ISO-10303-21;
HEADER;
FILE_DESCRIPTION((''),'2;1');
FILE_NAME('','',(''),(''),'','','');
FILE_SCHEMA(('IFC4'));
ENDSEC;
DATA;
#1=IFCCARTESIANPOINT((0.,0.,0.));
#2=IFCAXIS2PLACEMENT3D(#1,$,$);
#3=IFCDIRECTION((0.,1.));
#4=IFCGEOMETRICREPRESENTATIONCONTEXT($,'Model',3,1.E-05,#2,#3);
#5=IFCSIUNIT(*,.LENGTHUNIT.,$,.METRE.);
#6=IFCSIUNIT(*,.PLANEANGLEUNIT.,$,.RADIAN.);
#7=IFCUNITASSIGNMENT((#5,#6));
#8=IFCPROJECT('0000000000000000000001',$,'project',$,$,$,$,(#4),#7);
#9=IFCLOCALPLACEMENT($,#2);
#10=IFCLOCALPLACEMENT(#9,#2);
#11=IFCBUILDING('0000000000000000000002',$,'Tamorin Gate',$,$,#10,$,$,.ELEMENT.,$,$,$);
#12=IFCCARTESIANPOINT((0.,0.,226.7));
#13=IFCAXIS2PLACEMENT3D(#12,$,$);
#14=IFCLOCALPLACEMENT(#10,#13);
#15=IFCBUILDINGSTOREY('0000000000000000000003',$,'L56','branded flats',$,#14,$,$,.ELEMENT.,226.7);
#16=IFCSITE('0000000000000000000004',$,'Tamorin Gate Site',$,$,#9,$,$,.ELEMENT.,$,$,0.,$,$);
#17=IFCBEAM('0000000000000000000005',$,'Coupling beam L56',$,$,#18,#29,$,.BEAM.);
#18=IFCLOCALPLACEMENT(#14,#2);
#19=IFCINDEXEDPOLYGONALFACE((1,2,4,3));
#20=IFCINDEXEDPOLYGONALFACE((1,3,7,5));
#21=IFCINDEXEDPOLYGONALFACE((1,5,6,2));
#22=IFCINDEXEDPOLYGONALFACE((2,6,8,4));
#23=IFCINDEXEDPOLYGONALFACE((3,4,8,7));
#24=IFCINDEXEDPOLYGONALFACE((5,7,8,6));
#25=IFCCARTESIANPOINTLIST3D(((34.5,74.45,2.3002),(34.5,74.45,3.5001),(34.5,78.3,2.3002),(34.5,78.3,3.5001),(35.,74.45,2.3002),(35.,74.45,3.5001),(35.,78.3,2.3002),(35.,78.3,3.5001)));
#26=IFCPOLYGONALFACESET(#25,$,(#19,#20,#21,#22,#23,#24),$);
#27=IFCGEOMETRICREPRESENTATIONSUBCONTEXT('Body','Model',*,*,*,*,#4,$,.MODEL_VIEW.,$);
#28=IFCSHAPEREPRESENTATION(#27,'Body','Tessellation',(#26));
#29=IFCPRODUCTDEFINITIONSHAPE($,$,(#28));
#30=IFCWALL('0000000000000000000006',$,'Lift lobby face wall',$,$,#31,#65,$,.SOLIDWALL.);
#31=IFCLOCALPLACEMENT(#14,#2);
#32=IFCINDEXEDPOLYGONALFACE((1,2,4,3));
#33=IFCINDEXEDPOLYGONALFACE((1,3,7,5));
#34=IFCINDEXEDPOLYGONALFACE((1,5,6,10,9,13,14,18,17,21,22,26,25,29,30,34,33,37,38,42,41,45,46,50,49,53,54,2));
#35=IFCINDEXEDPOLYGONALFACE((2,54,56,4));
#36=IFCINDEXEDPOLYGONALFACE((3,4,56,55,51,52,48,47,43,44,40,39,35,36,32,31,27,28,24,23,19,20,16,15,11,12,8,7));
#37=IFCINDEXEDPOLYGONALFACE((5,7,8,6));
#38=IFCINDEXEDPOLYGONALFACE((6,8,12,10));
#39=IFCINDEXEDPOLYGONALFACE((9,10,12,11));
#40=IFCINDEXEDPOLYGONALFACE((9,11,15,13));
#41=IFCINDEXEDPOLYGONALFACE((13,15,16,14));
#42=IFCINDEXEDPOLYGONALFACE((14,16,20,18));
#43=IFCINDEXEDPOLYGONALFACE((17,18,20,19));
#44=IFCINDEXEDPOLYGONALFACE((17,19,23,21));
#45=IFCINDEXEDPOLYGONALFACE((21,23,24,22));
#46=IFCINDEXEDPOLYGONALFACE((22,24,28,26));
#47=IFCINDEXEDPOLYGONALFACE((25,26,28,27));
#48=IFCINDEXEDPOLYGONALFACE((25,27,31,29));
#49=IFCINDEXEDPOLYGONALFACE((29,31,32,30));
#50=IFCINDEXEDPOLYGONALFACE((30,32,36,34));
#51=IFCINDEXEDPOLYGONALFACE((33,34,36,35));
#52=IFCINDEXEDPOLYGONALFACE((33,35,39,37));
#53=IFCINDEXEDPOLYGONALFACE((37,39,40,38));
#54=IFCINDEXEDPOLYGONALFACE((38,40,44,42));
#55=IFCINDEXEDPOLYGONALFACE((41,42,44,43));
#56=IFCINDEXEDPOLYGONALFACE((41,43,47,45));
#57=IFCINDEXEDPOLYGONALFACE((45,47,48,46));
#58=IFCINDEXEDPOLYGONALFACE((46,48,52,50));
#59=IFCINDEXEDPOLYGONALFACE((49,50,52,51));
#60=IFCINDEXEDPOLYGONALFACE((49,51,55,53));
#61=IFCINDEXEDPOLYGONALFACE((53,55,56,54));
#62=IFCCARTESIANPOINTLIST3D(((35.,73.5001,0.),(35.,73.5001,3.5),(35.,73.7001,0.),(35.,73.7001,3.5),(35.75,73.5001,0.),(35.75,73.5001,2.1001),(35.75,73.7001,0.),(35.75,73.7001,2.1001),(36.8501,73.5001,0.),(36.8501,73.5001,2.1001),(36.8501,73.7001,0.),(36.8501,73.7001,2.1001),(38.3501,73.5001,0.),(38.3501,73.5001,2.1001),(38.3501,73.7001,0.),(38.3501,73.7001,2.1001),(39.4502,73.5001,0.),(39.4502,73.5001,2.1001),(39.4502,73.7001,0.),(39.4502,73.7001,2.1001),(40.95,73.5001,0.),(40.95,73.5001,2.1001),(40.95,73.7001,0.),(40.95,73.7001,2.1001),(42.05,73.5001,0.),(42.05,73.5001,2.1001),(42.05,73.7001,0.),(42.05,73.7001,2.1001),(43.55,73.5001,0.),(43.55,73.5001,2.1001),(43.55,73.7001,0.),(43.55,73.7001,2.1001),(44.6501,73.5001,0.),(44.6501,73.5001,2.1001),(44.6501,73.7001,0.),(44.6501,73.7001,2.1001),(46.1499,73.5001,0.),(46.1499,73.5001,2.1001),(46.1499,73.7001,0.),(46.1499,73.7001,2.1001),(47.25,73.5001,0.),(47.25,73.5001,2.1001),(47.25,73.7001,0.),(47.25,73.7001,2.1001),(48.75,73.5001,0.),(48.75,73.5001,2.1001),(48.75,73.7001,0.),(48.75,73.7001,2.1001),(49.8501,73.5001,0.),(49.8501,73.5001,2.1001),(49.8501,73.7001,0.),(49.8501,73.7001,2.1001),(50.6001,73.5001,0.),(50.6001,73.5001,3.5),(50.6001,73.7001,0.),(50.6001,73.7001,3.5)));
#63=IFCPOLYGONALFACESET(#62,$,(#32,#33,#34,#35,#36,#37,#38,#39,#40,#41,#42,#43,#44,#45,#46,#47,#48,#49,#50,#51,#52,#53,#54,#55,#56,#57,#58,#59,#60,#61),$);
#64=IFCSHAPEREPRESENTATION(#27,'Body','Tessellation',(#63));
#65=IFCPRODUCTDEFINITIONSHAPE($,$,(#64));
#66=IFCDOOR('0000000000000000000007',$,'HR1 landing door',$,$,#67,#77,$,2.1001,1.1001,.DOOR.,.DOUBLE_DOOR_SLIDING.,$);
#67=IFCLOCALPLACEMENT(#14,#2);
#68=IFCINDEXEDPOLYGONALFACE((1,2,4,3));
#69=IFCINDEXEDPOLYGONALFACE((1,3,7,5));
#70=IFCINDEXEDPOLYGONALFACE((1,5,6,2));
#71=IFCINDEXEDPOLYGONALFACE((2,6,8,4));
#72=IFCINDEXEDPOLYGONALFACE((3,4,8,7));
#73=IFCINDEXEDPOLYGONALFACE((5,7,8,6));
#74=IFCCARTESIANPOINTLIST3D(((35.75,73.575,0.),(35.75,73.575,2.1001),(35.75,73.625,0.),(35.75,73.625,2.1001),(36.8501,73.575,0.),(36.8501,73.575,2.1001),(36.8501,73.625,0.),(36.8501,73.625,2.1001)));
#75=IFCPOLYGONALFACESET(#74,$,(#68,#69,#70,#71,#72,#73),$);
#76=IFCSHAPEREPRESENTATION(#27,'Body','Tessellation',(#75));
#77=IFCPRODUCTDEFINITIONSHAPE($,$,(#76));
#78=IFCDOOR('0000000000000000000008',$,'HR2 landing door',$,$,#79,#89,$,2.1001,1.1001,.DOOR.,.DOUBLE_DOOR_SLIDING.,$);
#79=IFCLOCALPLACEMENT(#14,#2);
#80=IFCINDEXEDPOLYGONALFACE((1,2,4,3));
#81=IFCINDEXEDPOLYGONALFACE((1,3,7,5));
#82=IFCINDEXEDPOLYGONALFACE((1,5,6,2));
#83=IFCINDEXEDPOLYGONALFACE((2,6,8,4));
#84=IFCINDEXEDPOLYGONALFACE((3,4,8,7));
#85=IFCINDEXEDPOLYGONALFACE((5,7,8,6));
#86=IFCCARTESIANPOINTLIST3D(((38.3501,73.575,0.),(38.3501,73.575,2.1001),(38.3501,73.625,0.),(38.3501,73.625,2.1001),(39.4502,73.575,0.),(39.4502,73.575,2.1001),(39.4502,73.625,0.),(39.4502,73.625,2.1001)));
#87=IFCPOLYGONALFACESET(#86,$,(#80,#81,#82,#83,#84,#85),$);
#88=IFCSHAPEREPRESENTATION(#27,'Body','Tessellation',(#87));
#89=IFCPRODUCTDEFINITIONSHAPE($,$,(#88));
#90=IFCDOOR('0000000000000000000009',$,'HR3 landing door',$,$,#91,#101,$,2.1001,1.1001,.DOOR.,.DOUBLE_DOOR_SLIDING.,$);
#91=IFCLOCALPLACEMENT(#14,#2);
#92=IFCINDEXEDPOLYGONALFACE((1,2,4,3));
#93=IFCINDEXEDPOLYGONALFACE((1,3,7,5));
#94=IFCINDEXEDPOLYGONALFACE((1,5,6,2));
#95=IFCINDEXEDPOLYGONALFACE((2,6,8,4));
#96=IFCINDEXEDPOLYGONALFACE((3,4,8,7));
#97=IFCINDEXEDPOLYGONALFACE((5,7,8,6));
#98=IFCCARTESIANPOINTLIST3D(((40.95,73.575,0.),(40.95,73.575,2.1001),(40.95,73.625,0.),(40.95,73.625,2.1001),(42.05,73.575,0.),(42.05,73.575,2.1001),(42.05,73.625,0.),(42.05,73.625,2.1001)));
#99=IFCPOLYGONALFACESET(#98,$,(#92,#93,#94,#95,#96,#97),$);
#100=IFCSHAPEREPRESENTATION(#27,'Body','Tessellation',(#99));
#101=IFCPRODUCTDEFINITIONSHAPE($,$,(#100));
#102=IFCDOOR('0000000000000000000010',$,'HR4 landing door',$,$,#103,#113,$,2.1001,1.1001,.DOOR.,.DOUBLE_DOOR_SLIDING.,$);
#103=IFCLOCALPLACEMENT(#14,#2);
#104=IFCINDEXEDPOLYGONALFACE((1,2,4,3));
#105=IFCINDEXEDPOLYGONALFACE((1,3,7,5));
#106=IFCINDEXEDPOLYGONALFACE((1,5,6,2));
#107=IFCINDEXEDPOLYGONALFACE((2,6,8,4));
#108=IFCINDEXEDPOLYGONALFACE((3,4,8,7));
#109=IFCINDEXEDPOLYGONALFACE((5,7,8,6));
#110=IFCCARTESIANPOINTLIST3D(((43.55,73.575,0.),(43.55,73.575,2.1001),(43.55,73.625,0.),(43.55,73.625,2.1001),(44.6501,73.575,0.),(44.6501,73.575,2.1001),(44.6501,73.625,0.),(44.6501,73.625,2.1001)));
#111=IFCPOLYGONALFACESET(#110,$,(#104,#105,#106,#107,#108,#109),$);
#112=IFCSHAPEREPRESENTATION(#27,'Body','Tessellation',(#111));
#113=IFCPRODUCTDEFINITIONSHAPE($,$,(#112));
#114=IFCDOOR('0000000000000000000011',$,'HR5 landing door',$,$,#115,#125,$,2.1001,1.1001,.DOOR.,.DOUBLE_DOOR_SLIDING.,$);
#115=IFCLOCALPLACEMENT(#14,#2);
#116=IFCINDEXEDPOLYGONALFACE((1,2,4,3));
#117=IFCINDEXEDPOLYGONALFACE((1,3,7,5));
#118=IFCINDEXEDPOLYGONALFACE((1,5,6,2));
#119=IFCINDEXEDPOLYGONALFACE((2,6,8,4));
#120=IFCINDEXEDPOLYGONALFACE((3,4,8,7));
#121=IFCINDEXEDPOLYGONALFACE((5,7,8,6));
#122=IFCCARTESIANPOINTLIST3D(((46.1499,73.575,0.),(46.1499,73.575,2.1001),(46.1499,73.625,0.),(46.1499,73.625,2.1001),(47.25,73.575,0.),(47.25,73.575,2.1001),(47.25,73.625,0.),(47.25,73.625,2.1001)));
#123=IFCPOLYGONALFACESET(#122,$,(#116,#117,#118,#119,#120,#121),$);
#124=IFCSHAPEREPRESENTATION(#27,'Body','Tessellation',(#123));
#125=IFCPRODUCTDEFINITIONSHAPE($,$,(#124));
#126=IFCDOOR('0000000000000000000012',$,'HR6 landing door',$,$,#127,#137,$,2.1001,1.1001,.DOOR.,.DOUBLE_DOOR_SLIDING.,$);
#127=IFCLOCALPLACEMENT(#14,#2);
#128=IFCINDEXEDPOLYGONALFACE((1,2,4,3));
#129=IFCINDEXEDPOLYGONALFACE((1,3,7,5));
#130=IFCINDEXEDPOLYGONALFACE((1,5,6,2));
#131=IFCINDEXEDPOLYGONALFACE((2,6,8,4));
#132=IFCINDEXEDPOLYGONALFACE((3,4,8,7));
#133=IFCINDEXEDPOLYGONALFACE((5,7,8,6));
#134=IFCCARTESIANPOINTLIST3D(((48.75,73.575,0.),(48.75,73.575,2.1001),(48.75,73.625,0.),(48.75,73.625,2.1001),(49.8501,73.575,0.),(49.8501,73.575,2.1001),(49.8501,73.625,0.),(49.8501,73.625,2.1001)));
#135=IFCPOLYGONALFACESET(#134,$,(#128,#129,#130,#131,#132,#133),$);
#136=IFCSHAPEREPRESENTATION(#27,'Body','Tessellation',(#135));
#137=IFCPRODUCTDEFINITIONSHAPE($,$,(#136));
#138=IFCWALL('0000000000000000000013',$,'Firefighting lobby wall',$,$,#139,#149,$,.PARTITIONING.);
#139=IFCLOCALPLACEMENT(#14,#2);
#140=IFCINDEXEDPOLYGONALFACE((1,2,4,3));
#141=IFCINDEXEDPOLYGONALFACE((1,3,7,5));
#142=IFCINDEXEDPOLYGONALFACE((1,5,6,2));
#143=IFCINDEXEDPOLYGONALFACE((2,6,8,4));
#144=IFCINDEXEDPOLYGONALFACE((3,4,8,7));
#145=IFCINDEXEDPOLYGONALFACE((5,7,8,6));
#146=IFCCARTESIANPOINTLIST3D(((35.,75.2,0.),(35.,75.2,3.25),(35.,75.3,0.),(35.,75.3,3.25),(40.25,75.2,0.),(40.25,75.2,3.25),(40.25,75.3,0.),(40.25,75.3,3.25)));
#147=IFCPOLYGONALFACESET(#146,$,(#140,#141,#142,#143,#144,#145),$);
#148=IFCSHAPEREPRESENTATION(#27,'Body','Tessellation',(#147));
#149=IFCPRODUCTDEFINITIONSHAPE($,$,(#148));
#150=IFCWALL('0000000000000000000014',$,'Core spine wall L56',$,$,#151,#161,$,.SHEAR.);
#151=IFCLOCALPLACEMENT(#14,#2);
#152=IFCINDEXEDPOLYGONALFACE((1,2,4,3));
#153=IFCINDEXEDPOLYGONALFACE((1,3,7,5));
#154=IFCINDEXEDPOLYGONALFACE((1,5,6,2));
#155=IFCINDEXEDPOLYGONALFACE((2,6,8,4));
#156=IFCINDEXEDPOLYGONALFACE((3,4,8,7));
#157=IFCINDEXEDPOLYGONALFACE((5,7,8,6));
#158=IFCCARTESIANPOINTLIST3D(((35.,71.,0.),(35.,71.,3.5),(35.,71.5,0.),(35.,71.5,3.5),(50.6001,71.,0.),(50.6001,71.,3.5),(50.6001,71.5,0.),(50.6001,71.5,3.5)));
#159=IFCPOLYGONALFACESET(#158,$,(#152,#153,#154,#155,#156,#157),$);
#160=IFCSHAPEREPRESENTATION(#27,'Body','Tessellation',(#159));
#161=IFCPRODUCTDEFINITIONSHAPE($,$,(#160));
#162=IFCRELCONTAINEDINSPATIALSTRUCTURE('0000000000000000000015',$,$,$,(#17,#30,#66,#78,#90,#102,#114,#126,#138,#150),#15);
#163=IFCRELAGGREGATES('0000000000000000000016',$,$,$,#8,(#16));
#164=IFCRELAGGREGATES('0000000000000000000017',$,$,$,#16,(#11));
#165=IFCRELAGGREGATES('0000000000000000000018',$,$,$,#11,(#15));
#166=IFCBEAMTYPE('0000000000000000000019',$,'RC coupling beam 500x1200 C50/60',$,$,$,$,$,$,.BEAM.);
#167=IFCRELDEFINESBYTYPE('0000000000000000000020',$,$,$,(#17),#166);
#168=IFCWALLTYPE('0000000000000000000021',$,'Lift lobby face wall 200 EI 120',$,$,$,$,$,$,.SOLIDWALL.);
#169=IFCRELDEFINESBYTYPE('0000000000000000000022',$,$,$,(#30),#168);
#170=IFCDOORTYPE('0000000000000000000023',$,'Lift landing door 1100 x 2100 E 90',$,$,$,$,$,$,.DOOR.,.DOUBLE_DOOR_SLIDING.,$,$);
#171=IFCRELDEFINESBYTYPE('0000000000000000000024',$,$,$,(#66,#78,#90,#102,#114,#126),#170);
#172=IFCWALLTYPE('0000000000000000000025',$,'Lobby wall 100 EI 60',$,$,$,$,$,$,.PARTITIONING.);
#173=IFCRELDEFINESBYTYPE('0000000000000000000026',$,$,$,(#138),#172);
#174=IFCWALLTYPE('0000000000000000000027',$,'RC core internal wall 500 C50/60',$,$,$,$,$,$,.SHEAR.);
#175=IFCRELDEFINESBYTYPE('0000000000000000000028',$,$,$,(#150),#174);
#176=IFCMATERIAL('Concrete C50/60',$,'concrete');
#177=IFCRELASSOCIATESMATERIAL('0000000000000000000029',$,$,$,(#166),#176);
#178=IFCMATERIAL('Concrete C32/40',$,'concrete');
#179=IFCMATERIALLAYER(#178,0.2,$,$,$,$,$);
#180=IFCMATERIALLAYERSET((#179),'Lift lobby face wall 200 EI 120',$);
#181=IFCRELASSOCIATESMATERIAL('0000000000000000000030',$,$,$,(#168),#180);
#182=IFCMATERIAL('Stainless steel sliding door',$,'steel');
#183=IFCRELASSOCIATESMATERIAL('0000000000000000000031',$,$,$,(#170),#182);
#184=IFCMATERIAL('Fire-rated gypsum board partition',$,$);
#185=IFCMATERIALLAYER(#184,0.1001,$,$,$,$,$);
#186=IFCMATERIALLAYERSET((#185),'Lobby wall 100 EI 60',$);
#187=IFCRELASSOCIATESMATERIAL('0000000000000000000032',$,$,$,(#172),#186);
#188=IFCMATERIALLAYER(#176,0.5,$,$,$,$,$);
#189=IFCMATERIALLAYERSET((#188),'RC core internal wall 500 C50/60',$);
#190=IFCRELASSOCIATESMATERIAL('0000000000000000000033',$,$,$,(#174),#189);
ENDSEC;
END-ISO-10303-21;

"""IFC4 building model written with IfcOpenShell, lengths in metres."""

from ifc_helpers import new_model, si_unit, direction, frame, frame_2d, origin, origin_2d, place, context, subcontext, project, spatial, rectangle, extrude, material, layer, layer_set, material_profile, profile_set, type_object, element, fill, save


model = new_model("IFC4")

# Units and contexts
model_context = context("Model", 3, precision=1e-05, world=origin(), true_north=direction((0.0, 1.0)))
body_context = subcontext(model_context, "Body", "Model", "MODEL_VIEW")
ifc_project = project(units=[si_unit("LENGTHUNIT", "METRE"), si_unit("PLANEANGLEUNIT", "RADIAN")], contexts=[model_context])

# Site, building, storey
site_placement = place(None, origin())
site = spatial("IfcSite", under=ifc_project, at=site_placement, Name="Tamorin Gate Site", CompositionType="ELEMENT", RefElevation=0.0)
building_placement = place(site_placement, origin())
building = spatial("IfcBuilding", under=site, at=building_placement, Name="Tamorin Gate", CompositionType="ELEMENT")
storey_placement = place(building_placement, frame((0.0, 0.0, 226.7)))
storey = spatial("IfcBuildingStorey", under=building, at=storey_placement, Name="L56", Description="branded flats", CompositionType="ELEMENT", Elevation=226.7)

# Beam
ifc_material_1 = material(Name="Concrete C50/60", Category="concrete")
ifc_material_profile = material_profile(ifc_material_1, rectangle(XDim=0.5, YDim=1.2, at=origin_2d()), Name="RC 500x1200")
ifc_profile_set = profile_set([ifc_material_profile], Name="Concrete C50/60")
beam_type = type_object("IfcBeamType", Name="RC coupling beam 500x1200 C50/60", PredefinedType="BEAM", material=ifc_profile_set)
beam_placement = place(storey_placement, frame((34.75, 74.45, 2.9001), z_axis=(0.0, 1.0, 0.0), x_axis=(-1.0, 0.0, 0.0)))
element("IfcBeam", 1, at=beam_placement, inside=storey, type_object=beam_type, Name="Coupling beam L56", PredefinedType="BEAM", context=body_context, shape_type="SweptSolid", body=[
    extrude(rectangle(XDim=0.5, YDim=1.2, at=origin_2d()), origin(), (0.0, 0.0, 1.0), 3.8501),
])

# Wall, openings, doors
ifc_material_2 = material(Name="Concrete C32/40", Category="concrete")
ifc_layer_1 = layer(ifc_material_2, 0.2)
ifc_layer_set_1 = layer_set([ifc_layer_1], Name="Lift lobby face wall 200 EI 120")
wall_type_1 = type_object("IfcWallType", Name="Lift lobby face wall 200 EI 120", PredefinedType="SOLIDWALL", material=ifc_layer_set_1)
wall_1_placement = place(storey_placement, frame((35.0, 73.6001, 0.0), z_axis=(0.0, 0.0, 1.0), x_axis=(1.0, 0.0, 0.0)))
wall_1 = element("IfcWall", 2, at=wall_1_placement, inside=storey, type_object=wall_type_1, Name="Lift lobby face wall", PredefinedType="SOLIDWALL", context=body_context, shape_type="SweptSolid", body=[
    extrude(rectangle(XDim=15.6001, YDim=0.2, at=frame_2d((7.8, 0.0))), origin(), (0.0, 0.0, 1.0), 3.5),
])
opening_1_placement = place(wall_1_placement, frame((0.75, 0.0, 0.0)))
opening_1 = element("IfcOpeningElement", 3, at=opening_1_placement, cuts=wall_1, PredefinedType="OPENING", context=body_context, shape_type="SweptSolid", body=[
    extrude(rectangle(XDim=1.1001, YDim=2.1001, at=frame_2d((0.55, 1.05))), frame((0.0, 0.1099, 0.0), z_axis=(0.0, -1.0, 0.0), x_axis=(1.0, 0.0, 0.0)), (0.0, 0.0, 1.0), 0.22),
])
opening_2_placement = place(wall_1_placement, frame((3.3501, 0.0, 0.0)))
opening_2 = element("IfcOpeningElement", 4, at=opening_2_placement, cuts=wall_1, PredefinedType="OPENING", context=body_context, shape_type="SweptSolid", body=[
    extrude(rectangle(XDim=1.1001, YDim=2.1001, at=frame_2d((0.55, 1.05))), frame((0.0, 0.1099, 0.0), z_axis=(0.0, -1.0, 0.0), x_axis=(1.0, 0.0, 0.0)), (0.0, 0.0, 1.0), 0.22),
])
opening_3_placement = place(wall_1_placement, frame((5.95, 0.0, 0.0)))
opening_3 = element("IfcOpeningElement", 5, at=opening_3_placement, cuts=wall_1, PredefinedType="OPENING", context=body_context, shape_type="SweptSolid", body=[
    extrude(rectangle(XDim=1.1001, YDim=2.1001, at=frame_2d((0.55, 1.05))), frame((0.0, 0.1099, 0.0), z_axis=(0.0, -1.0, 0.0), x_axis=(1.0, 0.0, 0.0)), (0.0, 0.0, 1.0), 0.22),
])
opening_4_placement = place(wall_1_placement, frame((8.55, 0.0, 0.0)))
opening_4 = element("IfcOpeningElement", 6, at=opening_4_placement, cuts=wall_1, PredefinedType="OPENING", context=body_context, shape_type="SweptSolid", body=[
    extrude(rectangle(XDim=1.1001, YDim=2.1001, at=frame_2d((0.55, 1.05))), frame((0.0, 0.1099, 0.0), z_axis=(0.0, -1.0, 0.0), x_axis=(1.0, 0.0, 0.0)), (0.0, 0.0, 1.0), 0.22),
])
opening_5_placement = place(wall_1_placement, frame((11.1499, 0.0, 0.0)))
opening_5 = element("IfcOpeningElement", 7, at=opening_5_placement, cuts=wall_1, PredefinedType="OPENING", context=body_context, shape_type="SweptSolid", body=[
    extrude(rectangle(XDim=1.1001, YDim=2.1001, at=frame_2d((0.55, 1.05))), frame((0.0, 0.1099, 0.0), z_axis=(0.0, -1.0, 0.0), x_axis=(1.0, 0.0, 0.0)), (0.0, 0.0, 1.0), 0.22),
])
opening_6_placement = place(wall_1_placement, frame((13.75, 0.0, 0.0)))
opening_6 = element("IfcOpeningElement", 8, at=opening_6_placement, cuts=wall_1, PredefinedType="OPENING", context=body_context, shape_type="SweptSolid", body=[
    extrude(rectangle(XDim=1.1001, YDim=2.1001, at=frame_2d((0.55, 1.05))), frame((0.0, 0.1099, 0.0), z_axis=(0.0, -1.0, 0.0), x_axis=(1.0, 0.0, 0.0)), (0.0, 0.0, 1.0), 0.22),
])
ifc_material_3 = material(Name="Stainless steel sliding door", Category="steel")
door_type_1 = type_object("IfcDoorType", Name="Lift landing door 1100 x 2100 E 90", OperationType="DOUBLE_DOOR_SLIDING", PredefinedType="DOOR", material=ifc_material_3)
door_1_placement = place(opening_1_placement, origin())
door_1 = element("IfcDoor", 9, at=door_1_placement, inside=storey, type_object=door_type_1, Name="HR1 landing door", OperationType="DOUBLE_DOOR_SLIDING", OverallHeight=2.1001, OverallWidth=1.1001, PredefinedType="DOOR", context=body_context, shape_type="SweptSolid", body=[
    extrude(rectangle(XDim=1.1001, YDim=2.1001, at=frame_2d((0.55, 1.05))), frame((0.0, 0.0249, 0.0), z_axis=(0.0, -1.0, 0.0), x_axis=(1.0, 0.0, 0.0)), (0.0, 0.0, 1.0), 0.05),
])
fill(opening_1, door_1)
door_2_placement = place(opening_2_placement, origin())
door_2 = element("IfcDoor", 10, at=door_2_placement, inside=storey, type_object=door_type_1, Name="HR2 landing door", OperationType="DOUBLE_DOOR_SLIDING", OverallHeight=2.1001, OverallWidth=1.1001, PredefinedType="DOOR", context=body_context, shape_type="SweptSolid", body=[
    extrude(rectangle(XDim=1.1001, YDim=2.1001, at=frame_2d((0.55, 1.05))), frame((0.0, 0.0249, 0.0), z_axis=(0.0, -1.0, 0.0), x_axis=(1.0, 0.0, 0.0)), (0.0, 0.0, 1.0), 0.05),
])
fill(opening_2, door_2)
door_3_placement = place(opening_3_placement, origin())
door_3 = element("IfcDoor", 11, at=door_3_placement, inside=storey, type_object=door_type_1, Name="HR3 landing door", OperationType="DOUBLE_DOOR_SLIDING", OverallHeight=2.1001, OverallWidth=1.1001, PredefinedType="DOOR", context=body_context, shape_type="SweptSolid", body=[
    extrude(rectangle(XDim=1.1001, YDim=2.1001, at=frame_2d((0.55, 1.05))), frame((0.0, 0.0249, 0.0), z_axis=(0.0, -1.0, 0.0), x_axis=(1.0, 0.0, 0.0)), (0.0, 0.0, 1.0), 0.05),
])
fill(opening_3, door_3)
door_4_placement = place(opening_4_placement, origin())
door_4 = element("IfcDoor", 12, at=door_4_placement, inside=storey, type_object=door_type_1, Name="HR4 landing door", OperationType="DOUBLE_DOOR_SLIDING", OverallHeight=2.1001, OverallWidth=1.1001, PredefinedType="DOOR", context=body_context, shape_type="SweptSolid", body=[
    extrude(rectangle(XDim=1.1001, YDim=2.1001, at=frame_2d((0.55, 1.05))), frame((0.0, 0.0249, 0.0), z_axis=(0.0, -1.0, 0.0), x_axis=(1.0, 0.0, 0.0)), (0.0, 0.0, 1.0), 0.05),
])
fill(opening_4, door_4)
door_5_placement = place(opening_5_placement, origin())
door_5 = element("IfcDoor", 13, at=door_5_placement, inside=storey, type_object=door_type_1, Name="HR5 landing door", OperationType="DOUBLE_DOOR_SLIDING", OverallHeight=2.1001, OverallWidth=1.1001, PredefinedType="DOOR", context=body_context, shape_type="SweptSolid", body=[
    extrude(rectangle(XDim=1.1001, YDim=2.1001, at=frame_2d((0.55, 1.05))), frame((0.0, 0.0249, 0.0), z_axis=(0.0, -1.0, 0.0), x_axis=(1.0, 0.0, 0.0)), (0.0, 0.0, 1.0), 0.05),
])
fill(opening_5, door_5)
door_6_placement = place(opening_6_placement, origin())
door_6 = element("IfcDoor", 14, at=door_6_placement, inside=storey, type_object=door_type_1, Name="HR6 landing door", OperationType="DOUBLE_DOOR_SLIDING", OverallHeight=2.1001, OverallWidth=1.1001, PredefinedType="DOOR", context=body_context, shape_type="SweptSolid", body=[
    extrude(rectangle(XDim=1.1001, YDim=2.1001, at=frame_2d((0.55, 1.05))), frame((0.0, 0.0249, 0.0), z_axis=(0.0, -1.0, 0.0), x_axis=(1.0, 0.0, 0.0)), (0.0, 0.0, 1.0), 0.05),
])
fill(opening_6, door_6)

# Walls
ifc_material_4 = material(Name="Fire-rated gypsum board partition")
ifc_layer_2 = layer(ifc_material_4, 0.1001)
ifc_layer_set_2 = layer_set([ifc_layer_2], Name="Lobby wall 100 EI 60")
wall_type_2 = type_object("IfcWallType", Name="Lobby wall 100 EI 60", PredefinedType="PARTITIONING", material=ifc_layer_set_2)
wall_2_placement = place(storey_placement, frame((35.0, 75.25, 0.0), z_axis=(0.0, 0.0, 1.0), x_axis=(1.0, 0.0, 0.0)))
element("IfcWall", 15, at=wall_2_placement, inside=storey, type_object=wall_type_2, Name="Firefighting lobby wall", PredefinedType="PARTITIONING", context=body_context, shape_type="SweptSolid", body=[
    extrude(rectangle(XDim=5.25, YDim=0.1001, at=frame_2d((2.625, 0.0))), origin(), (0.0, 0.0, 1.0), 3.25),
])
ifc_layer_3 = layer(ifc_material_1, 0.5)
ifc_layer_set_3 = layer_set([ifc_layer_3], Name="RC core internal wall 500 C50/60")
wall_type_3 = type_object("IfcWallType", Name="RC core internal wall 500 C50/60", PredefinedType="SHEAR", material=ifc_layer_set_3)
wall_3_placement = place(storey_placement, frame((35.0, 71.25, 0.0), z_axis=(0.0, 0.0, 1.0), x_axis=(1.0, 0.0, 0.0)))
element("IfcWall", 16, at=wall_3_placement, inside=storey, type_object=wall_type_3, Name="Core spine wall L56", PredefinedType="SHEAR", context=body_context, shape_type="SweptSolid", body=[
    extrude(rectangle(XDim=15.6001, YDim=0.5, at=frame_2d((7.8, 0.0))), origin(), (0.0, 0.0, 1.0), 3.5),
])

save(model, "model.ifc")
